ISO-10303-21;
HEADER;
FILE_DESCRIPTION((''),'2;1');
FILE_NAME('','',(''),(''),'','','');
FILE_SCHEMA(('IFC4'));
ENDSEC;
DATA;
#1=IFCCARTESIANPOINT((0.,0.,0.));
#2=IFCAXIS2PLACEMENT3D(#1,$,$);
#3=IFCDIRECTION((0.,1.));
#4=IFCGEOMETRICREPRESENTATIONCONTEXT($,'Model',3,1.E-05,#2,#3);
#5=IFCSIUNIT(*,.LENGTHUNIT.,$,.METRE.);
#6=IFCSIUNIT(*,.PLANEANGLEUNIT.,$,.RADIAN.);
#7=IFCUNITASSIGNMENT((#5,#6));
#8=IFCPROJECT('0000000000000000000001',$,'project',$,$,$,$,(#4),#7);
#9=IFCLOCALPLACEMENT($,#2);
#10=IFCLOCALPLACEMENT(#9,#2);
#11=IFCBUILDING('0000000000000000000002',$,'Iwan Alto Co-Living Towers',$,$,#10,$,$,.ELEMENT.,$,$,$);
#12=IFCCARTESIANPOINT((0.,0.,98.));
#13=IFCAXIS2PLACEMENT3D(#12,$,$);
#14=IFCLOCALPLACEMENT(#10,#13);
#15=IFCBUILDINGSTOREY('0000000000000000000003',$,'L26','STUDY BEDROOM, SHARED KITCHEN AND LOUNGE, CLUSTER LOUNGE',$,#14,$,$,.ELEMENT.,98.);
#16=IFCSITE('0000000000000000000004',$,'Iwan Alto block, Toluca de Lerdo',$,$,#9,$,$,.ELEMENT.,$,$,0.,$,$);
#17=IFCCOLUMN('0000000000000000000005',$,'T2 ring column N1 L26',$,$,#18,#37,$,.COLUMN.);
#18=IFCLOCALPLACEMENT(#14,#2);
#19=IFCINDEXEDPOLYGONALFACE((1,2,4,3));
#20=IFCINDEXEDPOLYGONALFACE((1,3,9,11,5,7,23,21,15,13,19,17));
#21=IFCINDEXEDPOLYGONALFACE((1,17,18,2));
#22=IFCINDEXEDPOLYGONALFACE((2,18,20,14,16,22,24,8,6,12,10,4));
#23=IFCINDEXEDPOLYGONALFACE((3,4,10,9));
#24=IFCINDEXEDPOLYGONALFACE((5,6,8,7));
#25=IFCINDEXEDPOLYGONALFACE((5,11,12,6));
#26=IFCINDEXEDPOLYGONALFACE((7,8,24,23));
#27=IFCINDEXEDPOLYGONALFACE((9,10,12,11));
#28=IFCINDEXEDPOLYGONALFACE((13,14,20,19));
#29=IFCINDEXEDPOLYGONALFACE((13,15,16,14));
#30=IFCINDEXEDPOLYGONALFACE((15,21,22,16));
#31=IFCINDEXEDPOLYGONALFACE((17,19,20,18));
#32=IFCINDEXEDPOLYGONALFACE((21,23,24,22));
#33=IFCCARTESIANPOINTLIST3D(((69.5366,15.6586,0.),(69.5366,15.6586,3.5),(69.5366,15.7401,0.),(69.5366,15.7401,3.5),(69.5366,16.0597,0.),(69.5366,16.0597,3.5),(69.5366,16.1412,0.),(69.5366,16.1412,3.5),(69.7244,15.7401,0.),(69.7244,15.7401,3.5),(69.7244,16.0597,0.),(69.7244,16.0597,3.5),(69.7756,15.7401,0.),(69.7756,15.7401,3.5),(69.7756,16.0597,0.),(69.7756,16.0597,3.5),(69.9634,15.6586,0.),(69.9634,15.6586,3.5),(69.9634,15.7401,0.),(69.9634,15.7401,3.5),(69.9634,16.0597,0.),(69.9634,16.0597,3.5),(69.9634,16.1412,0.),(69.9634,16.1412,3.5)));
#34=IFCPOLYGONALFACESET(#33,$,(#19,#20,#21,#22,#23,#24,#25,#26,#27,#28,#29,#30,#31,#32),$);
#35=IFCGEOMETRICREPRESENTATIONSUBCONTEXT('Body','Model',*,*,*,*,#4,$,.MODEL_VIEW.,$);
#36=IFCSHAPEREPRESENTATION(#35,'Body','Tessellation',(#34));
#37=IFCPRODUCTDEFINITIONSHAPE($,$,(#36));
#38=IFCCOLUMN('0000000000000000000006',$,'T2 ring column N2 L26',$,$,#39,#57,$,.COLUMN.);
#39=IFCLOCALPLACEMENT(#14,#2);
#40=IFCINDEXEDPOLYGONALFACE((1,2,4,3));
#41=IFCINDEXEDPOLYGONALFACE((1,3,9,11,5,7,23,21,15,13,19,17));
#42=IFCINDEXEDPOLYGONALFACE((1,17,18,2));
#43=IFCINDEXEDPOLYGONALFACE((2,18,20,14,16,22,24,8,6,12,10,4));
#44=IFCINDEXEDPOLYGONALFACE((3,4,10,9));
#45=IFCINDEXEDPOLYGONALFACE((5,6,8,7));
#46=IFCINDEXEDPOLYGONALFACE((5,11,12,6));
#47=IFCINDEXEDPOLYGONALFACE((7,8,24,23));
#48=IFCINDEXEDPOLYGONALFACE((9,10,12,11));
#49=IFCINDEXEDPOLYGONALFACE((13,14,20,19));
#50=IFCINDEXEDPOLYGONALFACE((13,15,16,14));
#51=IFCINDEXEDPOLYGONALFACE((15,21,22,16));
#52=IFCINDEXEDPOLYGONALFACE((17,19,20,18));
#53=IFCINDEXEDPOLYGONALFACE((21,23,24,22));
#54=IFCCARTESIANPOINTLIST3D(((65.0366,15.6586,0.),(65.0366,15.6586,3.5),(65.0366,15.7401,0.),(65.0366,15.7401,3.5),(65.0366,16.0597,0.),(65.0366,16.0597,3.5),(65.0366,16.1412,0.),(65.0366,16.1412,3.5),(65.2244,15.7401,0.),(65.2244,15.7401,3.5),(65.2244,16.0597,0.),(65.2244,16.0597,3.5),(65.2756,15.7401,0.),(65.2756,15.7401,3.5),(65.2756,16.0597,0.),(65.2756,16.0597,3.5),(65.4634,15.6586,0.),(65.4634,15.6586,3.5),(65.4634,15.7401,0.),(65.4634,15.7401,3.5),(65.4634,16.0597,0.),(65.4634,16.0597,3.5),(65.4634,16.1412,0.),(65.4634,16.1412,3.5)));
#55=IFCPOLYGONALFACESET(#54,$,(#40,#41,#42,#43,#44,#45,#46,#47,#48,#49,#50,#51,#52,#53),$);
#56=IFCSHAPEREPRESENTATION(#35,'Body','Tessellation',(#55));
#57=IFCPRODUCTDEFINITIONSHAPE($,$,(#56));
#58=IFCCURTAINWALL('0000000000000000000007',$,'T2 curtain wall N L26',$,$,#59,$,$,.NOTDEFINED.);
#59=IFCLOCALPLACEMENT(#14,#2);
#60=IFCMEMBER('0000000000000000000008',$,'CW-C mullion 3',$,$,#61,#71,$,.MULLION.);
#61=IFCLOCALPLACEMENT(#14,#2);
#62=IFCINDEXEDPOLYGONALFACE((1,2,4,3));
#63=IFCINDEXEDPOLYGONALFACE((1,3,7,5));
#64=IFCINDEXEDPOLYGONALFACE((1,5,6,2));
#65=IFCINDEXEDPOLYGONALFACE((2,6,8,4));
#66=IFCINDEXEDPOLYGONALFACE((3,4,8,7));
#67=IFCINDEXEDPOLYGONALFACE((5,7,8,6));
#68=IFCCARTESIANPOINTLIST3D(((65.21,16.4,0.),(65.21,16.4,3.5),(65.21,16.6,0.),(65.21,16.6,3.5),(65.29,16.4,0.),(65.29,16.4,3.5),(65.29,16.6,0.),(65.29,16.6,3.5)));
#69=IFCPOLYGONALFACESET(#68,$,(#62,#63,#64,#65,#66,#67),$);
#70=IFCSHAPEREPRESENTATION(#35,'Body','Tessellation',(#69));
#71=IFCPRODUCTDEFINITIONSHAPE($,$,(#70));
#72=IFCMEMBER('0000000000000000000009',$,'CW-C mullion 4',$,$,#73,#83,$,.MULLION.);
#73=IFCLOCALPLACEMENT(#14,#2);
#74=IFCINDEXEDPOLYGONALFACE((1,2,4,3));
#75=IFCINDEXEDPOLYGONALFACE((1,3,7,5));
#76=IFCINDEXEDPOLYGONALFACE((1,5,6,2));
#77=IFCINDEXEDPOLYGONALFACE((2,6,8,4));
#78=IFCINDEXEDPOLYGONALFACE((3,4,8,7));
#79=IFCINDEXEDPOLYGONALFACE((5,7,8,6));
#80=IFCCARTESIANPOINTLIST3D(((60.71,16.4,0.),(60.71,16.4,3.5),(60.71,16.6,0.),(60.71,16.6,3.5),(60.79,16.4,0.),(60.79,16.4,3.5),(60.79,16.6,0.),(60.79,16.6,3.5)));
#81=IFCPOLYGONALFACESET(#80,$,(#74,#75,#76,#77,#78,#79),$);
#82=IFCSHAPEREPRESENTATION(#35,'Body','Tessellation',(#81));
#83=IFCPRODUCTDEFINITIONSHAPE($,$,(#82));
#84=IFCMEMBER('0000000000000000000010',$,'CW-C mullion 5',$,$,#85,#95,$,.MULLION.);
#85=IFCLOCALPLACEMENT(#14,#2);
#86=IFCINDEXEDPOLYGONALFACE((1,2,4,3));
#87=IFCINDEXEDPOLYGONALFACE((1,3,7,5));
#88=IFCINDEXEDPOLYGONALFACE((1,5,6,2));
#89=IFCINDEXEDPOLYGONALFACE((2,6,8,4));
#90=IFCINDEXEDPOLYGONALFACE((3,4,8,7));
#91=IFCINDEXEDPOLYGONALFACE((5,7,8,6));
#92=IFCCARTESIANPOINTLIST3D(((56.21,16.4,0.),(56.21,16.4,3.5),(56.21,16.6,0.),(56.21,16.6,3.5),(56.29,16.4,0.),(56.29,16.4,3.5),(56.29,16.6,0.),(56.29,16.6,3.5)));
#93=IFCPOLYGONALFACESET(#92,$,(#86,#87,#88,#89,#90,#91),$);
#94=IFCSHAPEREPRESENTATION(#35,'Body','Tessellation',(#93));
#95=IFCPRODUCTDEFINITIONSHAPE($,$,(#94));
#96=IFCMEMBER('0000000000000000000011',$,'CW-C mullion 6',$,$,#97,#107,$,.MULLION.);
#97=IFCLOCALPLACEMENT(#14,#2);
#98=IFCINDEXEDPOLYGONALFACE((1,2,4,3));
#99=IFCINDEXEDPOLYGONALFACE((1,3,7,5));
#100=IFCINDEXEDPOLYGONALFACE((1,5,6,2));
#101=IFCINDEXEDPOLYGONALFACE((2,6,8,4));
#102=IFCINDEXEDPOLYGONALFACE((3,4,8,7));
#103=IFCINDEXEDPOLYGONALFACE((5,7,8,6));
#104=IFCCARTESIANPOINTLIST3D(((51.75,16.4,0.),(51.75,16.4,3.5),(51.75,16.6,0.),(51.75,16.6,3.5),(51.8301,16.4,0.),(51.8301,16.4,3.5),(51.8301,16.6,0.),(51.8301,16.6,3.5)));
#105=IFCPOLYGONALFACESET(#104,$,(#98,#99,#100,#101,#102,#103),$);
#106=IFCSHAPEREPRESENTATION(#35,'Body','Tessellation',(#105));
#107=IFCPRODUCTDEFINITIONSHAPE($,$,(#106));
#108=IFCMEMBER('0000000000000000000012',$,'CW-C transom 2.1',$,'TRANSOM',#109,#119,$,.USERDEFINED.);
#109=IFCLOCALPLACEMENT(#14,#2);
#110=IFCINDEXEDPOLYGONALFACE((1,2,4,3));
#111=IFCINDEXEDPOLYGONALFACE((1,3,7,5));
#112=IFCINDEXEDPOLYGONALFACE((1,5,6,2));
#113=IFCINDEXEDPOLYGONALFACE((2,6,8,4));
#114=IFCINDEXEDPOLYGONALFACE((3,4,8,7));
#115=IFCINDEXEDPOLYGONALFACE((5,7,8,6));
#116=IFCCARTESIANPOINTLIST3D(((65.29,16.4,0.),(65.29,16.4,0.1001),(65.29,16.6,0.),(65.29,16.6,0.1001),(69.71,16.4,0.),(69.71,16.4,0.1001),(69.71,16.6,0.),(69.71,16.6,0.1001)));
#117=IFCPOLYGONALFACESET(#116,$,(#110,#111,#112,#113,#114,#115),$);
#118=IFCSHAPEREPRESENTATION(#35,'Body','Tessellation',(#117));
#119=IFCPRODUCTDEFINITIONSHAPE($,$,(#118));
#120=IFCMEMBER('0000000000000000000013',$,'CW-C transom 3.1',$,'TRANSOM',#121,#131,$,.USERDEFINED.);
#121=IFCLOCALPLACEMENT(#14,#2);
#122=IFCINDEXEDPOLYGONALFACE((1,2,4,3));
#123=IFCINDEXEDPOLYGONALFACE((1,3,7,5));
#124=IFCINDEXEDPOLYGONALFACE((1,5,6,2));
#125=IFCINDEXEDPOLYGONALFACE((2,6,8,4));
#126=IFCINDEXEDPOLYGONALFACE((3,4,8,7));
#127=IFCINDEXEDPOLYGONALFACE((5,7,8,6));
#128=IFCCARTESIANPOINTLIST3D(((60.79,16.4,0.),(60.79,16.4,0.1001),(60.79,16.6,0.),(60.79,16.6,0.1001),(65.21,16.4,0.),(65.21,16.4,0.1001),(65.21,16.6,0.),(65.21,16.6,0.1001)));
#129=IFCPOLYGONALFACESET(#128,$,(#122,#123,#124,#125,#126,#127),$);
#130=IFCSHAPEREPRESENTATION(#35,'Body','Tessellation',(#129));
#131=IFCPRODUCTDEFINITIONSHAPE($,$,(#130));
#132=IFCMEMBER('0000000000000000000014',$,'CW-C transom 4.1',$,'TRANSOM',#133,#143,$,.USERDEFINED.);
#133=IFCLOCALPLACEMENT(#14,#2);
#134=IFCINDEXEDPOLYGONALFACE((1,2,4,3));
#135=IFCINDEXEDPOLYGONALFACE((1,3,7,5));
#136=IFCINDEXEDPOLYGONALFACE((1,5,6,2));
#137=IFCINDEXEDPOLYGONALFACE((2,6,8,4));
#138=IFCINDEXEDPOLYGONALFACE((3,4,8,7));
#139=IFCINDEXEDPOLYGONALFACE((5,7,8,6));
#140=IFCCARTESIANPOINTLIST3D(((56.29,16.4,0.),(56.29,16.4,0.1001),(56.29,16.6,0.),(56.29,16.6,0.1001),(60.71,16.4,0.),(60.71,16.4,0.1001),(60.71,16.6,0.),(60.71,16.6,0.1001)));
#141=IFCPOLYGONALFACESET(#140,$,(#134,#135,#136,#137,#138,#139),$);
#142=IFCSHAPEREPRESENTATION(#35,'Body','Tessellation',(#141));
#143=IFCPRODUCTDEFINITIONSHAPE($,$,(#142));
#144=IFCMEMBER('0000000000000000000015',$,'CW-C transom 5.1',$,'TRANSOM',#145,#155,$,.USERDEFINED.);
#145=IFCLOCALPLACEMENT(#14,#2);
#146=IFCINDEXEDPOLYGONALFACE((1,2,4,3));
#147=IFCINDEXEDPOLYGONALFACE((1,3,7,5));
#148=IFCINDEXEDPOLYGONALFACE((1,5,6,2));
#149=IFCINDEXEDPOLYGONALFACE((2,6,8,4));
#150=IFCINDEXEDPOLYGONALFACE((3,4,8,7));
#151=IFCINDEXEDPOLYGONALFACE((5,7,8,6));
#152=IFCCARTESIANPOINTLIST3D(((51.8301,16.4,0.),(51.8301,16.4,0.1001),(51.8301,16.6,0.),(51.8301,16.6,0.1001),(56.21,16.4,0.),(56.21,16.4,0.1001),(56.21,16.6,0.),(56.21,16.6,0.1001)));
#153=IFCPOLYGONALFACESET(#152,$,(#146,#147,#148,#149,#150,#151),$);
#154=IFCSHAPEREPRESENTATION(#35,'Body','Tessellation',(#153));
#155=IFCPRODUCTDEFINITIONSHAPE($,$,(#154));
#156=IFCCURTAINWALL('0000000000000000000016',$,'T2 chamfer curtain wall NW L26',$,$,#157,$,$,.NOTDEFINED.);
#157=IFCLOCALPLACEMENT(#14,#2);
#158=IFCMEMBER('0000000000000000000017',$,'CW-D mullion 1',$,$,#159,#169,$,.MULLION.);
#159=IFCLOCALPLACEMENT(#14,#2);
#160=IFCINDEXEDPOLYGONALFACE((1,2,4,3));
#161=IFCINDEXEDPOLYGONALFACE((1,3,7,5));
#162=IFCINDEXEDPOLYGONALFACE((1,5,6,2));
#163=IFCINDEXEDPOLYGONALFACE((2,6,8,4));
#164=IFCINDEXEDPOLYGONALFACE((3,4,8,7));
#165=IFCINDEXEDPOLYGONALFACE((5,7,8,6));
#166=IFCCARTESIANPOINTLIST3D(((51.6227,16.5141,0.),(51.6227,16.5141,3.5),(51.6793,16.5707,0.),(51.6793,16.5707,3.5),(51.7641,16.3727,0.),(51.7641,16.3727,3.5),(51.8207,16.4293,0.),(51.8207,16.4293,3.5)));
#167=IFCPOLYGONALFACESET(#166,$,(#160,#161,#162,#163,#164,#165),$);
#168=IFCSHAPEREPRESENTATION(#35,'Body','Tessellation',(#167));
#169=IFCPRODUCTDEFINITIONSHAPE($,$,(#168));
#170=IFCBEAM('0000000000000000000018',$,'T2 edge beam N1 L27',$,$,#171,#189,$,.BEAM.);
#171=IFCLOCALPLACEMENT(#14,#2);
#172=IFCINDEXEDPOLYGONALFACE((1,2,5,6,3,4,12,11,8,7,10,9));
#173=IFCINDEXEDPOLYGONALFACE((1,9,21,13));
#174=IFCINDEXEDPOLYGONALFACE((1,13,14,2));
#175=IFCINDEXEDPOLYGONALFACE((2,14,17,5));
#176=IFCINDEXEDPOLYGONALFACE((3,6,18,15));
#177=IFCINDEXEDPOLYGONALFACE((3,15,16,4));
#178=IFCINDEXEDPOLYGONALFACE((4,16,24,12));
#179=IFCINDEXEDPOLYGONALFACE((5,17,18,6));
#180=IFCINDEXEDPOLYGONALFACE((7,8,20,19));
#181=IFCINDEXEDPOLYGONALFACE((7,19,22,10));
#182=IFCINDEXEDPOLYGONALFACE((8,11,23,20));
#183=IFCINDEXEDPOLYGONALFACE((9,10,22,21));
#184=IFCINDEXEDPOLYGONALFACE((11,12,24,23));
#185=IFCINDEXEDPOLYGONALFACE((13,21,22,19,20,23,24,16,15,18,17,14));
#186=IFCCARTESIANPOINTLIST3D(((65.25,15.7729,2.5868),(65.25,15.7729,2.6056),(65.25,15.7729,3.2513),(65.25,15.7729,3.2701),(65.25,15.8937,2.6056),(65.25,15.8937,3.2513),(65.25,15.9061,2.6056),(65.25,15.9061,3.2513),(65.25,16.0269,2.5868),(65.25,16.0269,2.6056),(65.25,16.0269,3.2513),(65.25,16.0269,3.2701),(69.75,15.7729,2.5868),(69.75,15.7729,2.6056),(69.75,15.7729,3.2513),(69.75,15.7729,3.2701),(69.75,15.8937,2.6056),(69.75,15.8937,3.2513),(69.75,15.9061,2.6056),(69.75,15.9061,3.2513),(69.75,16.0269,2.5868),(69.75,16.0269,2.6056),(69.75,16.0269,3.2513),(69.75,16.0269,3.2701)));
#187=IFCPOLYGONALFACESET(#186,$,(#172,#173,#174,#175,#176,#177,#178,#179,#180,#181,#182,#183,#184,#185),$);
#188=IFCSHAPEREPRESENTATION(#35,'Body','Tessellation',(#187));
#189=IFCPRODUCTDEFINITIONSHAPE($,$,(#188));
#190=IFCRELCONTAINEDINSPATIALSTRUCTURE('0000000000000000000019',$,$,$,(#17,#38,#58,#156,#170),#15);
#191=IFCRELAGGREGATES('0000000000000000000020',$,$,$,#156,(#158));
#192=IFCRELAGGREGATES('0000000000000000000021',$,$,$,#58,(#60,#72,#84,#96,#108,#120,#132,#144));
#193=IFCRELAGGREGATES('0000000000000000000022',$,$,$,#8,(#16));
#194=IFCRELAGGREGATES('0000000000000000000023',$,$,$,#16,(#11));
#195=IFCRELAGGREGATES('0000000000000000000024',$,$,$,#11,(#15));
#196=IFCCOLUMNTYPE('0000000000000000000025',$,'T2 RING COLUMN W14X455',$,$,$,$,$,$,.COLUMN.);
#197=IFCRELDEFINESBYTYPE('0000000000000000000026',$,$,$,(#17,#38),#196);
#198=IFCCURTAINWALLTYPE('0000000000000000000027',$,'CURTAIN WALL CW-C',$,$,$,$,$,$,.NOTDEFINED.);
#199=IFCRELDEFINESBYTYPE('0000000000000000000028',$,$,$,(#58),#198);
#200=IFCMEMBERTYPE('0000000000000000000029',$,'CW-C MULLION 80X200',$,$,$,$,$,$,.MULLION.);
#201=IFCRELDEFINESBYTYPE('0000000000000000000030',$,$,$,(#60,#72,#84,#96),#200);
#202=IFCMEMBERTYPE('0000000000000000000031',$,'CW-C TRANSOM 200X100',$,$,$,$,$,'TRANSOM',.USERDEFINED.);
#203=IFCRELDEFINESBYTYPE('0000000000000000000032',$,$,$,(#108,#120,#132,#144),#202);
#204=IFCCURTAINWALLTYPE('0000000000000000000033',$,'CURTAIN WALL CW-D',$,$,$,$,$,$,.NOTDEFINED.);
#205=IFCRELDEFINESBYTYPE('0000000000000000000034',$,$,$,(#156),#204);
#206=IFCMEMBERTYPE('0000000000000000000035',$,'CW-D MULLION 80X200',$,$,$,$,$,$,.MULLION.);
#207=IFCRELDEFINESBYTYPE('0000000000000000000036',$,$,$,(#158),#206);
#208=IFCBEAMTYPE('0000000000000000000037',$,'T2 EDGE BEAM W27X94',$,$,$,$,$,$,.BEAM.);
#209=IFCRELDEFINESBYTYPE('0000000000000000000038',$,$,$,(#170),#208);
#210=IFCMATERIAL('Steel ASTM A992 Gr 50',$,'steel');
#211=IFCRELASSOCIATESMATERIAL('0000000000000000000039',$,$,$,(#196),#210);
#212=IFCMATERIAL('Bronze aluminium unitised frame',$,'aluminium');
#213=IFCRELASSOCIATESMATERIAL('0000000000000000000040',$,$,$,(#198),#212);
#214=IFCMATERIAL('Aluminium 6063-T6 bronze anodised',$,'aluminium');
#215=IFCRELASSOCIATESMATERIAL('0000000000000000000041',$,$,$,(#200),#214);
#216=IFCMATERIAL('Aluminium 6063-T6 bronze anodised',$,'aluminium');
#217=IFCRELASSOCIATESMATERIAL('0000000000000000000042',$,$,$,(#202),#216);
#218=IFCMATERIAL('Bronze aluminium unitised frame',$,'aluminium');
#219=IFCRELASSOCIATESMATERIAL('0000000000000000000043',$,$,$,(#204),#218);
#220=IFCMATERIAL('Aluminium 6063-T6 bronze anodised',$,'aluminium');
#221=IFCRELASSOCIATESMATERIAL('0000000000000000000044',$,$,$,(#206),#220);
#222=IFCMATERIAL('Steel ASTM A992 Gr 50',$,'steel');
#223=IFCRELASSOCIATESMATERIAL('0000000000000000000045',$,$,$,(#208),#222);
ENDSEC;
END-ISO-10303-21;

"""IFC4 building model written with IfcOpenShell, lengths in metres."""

from ifc_helpers import new_model, si_unit, direction, frame, origin, origin_2d, place, context, subcontext, project, spatial, rectangle, i_section, extrude, material, material_profile, profile_set, type_object, element, aggregate, save


model = new_model("IFC4")

# Units and contexts
model_context = context("Model", 3, precision=1e-05, world=origin(), true_north=direction((0.0, 1.0)))
body_context = subcontext(model_context, "Body", "Model", "MODEL_VIEW")
ifc_project = project(units=[si_unit("LENGTHUNIT", "METRE"), si_unit("PLANEANGLEUNIT", "RADIAN")], contexts=[model_context])

# Site, building, storey
site_placement = place(None, origin())
site = spatial("IfcSite", under=ifc_project, at=site_placement, Name="Iwan Alto block, Toluca de Lerdo", CompositionType="ELEMENT", RefElevation=0.0)
building_placement = place(site_placement, origin())
building = spatial("IfcBuilding", under=site, at=building_placement, Name="Iwan Alto Co-Living Towers", CompositionType="ELEMENT")
storey_placement = place(building_placement, frame((0.0, 0.0, 98.0)))
storey = spatial("IfcBuildingStorey", under=building, at=storey_placement, Name="L26", Description="STUDY BEDROOM, SHARED KITCHEN AND LOUNGE, CLUSTER LOUNGE", CompositionType="ELEMENT", Elevation=98.0)

# Columns
ifc_material_1 = material(Name="Steel ASTM A992 Gr 50", Category="steel")
ifc_material_profile_1 = material_profile(ifc_material_1, i_section(OverallWidth=0.4268, OverallDepth=0.4827, WebThickness=0.0513, FlangeThickness=0.0815, at=origin_2d()), Name="W14X455")
ifc_profile_set_1 = profile_set([ifc_material_profile_1], Name="Steel ASTM A992 Gr 50")
column_type = type_object("IfcColumnType", Name="T2 RING COLUMN W14X455", PredefinedType="COLUMN", material=ifc_profile_set_1)
for number, where, z_axis, x_axis, name in (
    (1, (69.75, 15.8999, 0.0), (0.0, 0.0, 1.0), (1.0, 0.0, 0.0), "T2 ring column N1 L26"),
    (2, (65.25, 15.8999, 0.0), (0.0, 0.0, 1.0), (1.0, 0.0, 0.0), "T2 ring column N2 L26"),
):
    element("IfcColumn", number, at=place(storey_placement, frame(where, z_axis=z_axis, x_axis=x_axis)), inside=storey, type_object=column_type, Name=name, PredefinedType="COLUMN", context=body_context, shape_type="SweptSolid", body=[
        extrude(i_section(OverallWidth=0.4268, OverallDepth=0.4827, WebThickness=0.0513, FlangeThickness=0.0815, at=origin_2d()), origin(), (0.0, 0.0, 1.0), 3.5),
    ])

# Curtain wall, members
ifc_material_2 = material(Name="Bronze aluminium unitised frame", Category="aluminium")
curtain_wall_type_1 = type_object("IfcCurtainWallType", Name="CURTAIN WALL CW-C", PredefinedType="NOTDEFINED", material=ifc_material_2)
curtain_wall_1_placement = place(storey_placement, origin())
curtain_wall_1 = element("IfcCurtainWall", 3, at=curtain_wall_1_placement, inside=storey, type_object=curtain_wall_type_1, Name="T2 curtain wall N L26", PredefinedType="NOTDEFINED")
ifc_material_3 = material(Name="Aluminium 6063-T6 bronze anodised", Category="aluminium")
ifc_material_profile_2 = material_profile(ifc_material_3, rectangle(XDim=0.2, YDim=0.0801, at=origin_2d()), Name="AL 80X200")
ifc_profile_set_2 = profile_set([ifc_material_profile_2], Name="Aluminium 6063-T6 bronze anodised")
member_type_1 = type_object("IfcMemberType", Name="CW-C MULLION 80X200", PredefinedType="MULLION", material=ifc_profile_set_2)
member_1_placement = place(storey_placement, frame((65.25, 16.5, 0.0), z_axis=(0.0, 0.0, 1.0), x_axis=(0.0, -1.0, 0.0)))
member_1 = element("IfcMember", 4, at=member_1_placement, type_object=member_type_1, Name="CW-C mullion 3", PredefinedType="MULLION", context=body_context, shape_type="SweptSolid", body=[
    extrude(rectangle(XDim=0.2, YDim=0.0801, at=origin_2d()), origin(), (0.0, 0.0, 1.0), 3.5),
])
member_2_placement = place(storey_placement, frame((60.75, 16.5, 0.0), z_axis=(0.0, 0.0, 1.0), x_axis=(0.0, -1.0, 0.0)))
member_2 = element("IfcMember", 5, at=member_2_placement, type_object=member_type_1, Name="CW-C mullion 4", PredefinedType="MULLION", context=body_context, shape_type="SweptSolid", body=[
    extrude(rectangle(XDim=0.2, YDim=0.0801, at=origin_2d()), origin(), (0.0, 0.0, 1.0), 3.5),
])
member_3_placement = place(storey_placement, frame((56.25, 16.5, 0.0), z_axis=(0.0, 0.0, 1.0), x_axis=(0.0, -1.0, 0.0)))
member_3 = element("IfcMember", 6, at=member_3_placement, type_object=member_type_1, Name="CW-C mullion 5", PredefinedType="MULLION", context=body_context, shape_type="SweptSolid", body=[
    extrude(rectangle(XDim=0.2, YDim=0.0801, at=origin_2d()), origin(), (0.0, 0.0, 1.0), 3.5),
])
member_4_placement = place(storey_placement, frame((51.79, 16.5, 0.0), z_axis=(0.0, 0.0, 1.0), x_axis=(0.0, -1.0, 0.0)))
member_4 = element("IfcMember", 7, at=member_4_placement, type_object=member_type_1, Name="CW-C mullion 6", PredefinedType="MULLION", context=body_context, shape_type="SweptSolid", body=[
    extrude(rectangle(XDim=0.2, YDim=0.0801, at=origin_2d()), origin(), (0.0, 0.0, 1.0), 3.5),
])
ifc_material_4 = material(Name="Aluminium 6063-T6 bronze anodised", Category="aluminium")
ifc_material_profile_3 = material_profile(ifc_material_4, rectangle(XDim=0.2, YDim=0.1001, at=origin_2d()), Name="AL 200X100")
ifc_profile_set_3 = profile_set([ifc_material_profile_3], Name="Aluminium 6063-T6 bronze anodised")
member_type_2 = type_object("IfcMemberType", Name="CW-C TRANSOM 200X100", ElementType="TRANSOM", PredefinedType="USERDEFINED", material=ifc_profile_set_3)
member_5_placement = place(storey_placement, frame((69.71, 16.5, 0.05), z_axis=(-1.0, 0.0, 0.0), x_axis=(0.0, -1.0, 0.0)))
member_5 = element("IfcMember", 8, at=member_5_placement, type_object=member_type_2, Name="CW-C transom 2.1", ObjectType="TRANSOM", PredefinedType="USERDEFINED", context=body_context, shape_type="SweptSolid", body=[
    extrude(rectangle(XDim=0.2, YDim=0.1001, at=origin_2d()), origin(), (0.0, 0.0, 1.0), 4.4199),
])
member_6_placement = place(storey_placement, frame((65.21, 16.5, 0.05), z_axis=(-1.0, 0.0, 0.0), x_axis=(0.0, -1.0, 0.0)))
member_6 = element("IfcMember", 9, at=member_6_placement, type_object=member_type_2, Name="CW-C transom 3.1", ObjectType="TRANSOM", PredefinedType="USERDEFINED", context=body_context, shape_type="SweptSolid", body=[
    extrude(rectangle(XDim=0.2, YDim=0.1001, at=origin_2d()), origin(), (0.0, 0.0, 1.0), 4.4199),
])
member_7_placement = place(storey_placement, frame((60.71, 16.5, 0.05), z_axis=(-1.0, 0.0, 0.0), x_axis=(0.0, -1.0, 0.0)))
member_7 = element("IfcMember", 10, at=member_7_placement, type_object=member_type_2, Name="CW-C transom 4.1", ObjectType="TRANSOM", PredefinedType="USERDEFINED", context=body_context, shape_type="SweptSolid", body=[
    extrude(rectangle(XDim=0.2, YDim=0.1001, at=origin_2d()), origin(), (0.0, 0.0, 1.0), 4.4199),
])
member_8_placement = place(storey_placement, frame((56.21, 16.5, 0.05), z_axis=(-1.0, 0.0, 0.0), x_axis=(0.0, -1.0, 0.0)))
member_8 = element("IfcMember", 11, at=member_8_placement, type_object=member_type_2, Name="CW-C transom 5.1", ObjectType="TRANSOM", PredefinedType="USERDEFINED", context=body_context, shape_type="SweptSolid", body=[
    extrude(rectangle(XDim=0.2, YDim=0.1001, at=origin_2d()), origin(), (0.0, 0.0, 1.0), 4.3799),
])

# Curtain wall, member
ifc_material_5 = material(Name="Bronze aluminium unitised frame", Category="aluminium")
curtain_wall_type_2 = type_object("IfcCurtainWallType", Name="CURTAIN WALL CW-D", PredefinedType="NOTDEFINED", material=ifc_material_5)
curtain_wall_2_placement = place(storey_placement, origin())
curtain_wall_2 = element("IfcCurtainWall", 12, at=curtain_wall_2_placement, inside=storey, type_object=curtain_wall_type_2, Name="T2 chamfer curtain wall NW L26", PredefinedType="NOTDEFINED")
ifc_material_6 = material(Name="Aluminium 6063-T6 bronze anodised", Category="aluminium")
ifc_material_profile_4 = material_profile(ifc_material_6, rectangle(XDim=0.2, YDim=0.0801, at=origin_2d()), Name="AL 80X200")
ifc_profile_set_4 = profile_set([ifc_material_profile_4], Name="Aluminium 6063-T6 bronze anodised")
member_type_3 = type_object("IfcMemberType", Name="CW-D MULLION 80X200", PredefinedType="MULLION", material=ifc_profile_set_4)
member_9_placement = place(storey_placement, frame((51.7217, 16.4717, 0.0), z_axis=(0.0, 0.0, 1.0), x_axis=(0.707107, -0.707107, 0.0)))
member_9 = element("IfcMember", 13, at=member_9_placement, type_object=member_type_3, Name="CW-D mullion 1", PredefinedType="MULLION", context=body_context, shape_type="SweptSolid", body=[
    extrude(rectangle(XDim=0.2, YDim=0.0801, at=origin_2d()), origin(), (0.0, 0.0, 1.0), 3.5),
])
aggregate(curtain_wall_2, [member_9])

# Beam
ifc_material_7 = material(Name="Steel ASTM A992 Gr 50", Category="steel")
ifc_material_profile_5 = material_profile(ifc_material_7, i_section(OverallWidth=0.2539, OverallDepth=0.6833, WebThickness=0.0125, FlangeThickness=0.0188, at=origin_2d()), Name="W27X94")
ifc_profile_set_5 = profile_set([ifc_material_profile_5], Name="Steel ASTM A992 Gr 50")
beam_type_1 = type_object("IfcBeamType", Name="T2 EDGE BEAM W27X94", PredefinedType="BEAM", material=ifc_profile_set_5)
for number, where, z_axis, x_axis, name in (
    (14, (69.75, 15.8999, 2.9285), (-1.0, 0.0, 0.0), (0.0, -1.0, 0.0), "T2 edge beam N1 L27"),
):
    element("IfcBeam", number, at=place(storey_placement, frame(where, z_axis=z_axis, x_axis=x_axis)), inside=storey, type_object=beam_type_1, Name=name, PredefinedType="BEAM", context=body_context, shape_type="SweptSolid", body=[
        extrude(i_section(OverallWidth=0.2539, OverallDepth=0.6833, WebThickness=0.0125, FlangeThickness=0.0188, at=origin_2d()), origin(), (0.0, 0.0, 1.0), 4.5),
    ])

aggregate(curtain_wall_1, [member_1, member_2, member_3, member_4, member_5, member_6, member_7, member_8])

save(model, "model.ifc")
